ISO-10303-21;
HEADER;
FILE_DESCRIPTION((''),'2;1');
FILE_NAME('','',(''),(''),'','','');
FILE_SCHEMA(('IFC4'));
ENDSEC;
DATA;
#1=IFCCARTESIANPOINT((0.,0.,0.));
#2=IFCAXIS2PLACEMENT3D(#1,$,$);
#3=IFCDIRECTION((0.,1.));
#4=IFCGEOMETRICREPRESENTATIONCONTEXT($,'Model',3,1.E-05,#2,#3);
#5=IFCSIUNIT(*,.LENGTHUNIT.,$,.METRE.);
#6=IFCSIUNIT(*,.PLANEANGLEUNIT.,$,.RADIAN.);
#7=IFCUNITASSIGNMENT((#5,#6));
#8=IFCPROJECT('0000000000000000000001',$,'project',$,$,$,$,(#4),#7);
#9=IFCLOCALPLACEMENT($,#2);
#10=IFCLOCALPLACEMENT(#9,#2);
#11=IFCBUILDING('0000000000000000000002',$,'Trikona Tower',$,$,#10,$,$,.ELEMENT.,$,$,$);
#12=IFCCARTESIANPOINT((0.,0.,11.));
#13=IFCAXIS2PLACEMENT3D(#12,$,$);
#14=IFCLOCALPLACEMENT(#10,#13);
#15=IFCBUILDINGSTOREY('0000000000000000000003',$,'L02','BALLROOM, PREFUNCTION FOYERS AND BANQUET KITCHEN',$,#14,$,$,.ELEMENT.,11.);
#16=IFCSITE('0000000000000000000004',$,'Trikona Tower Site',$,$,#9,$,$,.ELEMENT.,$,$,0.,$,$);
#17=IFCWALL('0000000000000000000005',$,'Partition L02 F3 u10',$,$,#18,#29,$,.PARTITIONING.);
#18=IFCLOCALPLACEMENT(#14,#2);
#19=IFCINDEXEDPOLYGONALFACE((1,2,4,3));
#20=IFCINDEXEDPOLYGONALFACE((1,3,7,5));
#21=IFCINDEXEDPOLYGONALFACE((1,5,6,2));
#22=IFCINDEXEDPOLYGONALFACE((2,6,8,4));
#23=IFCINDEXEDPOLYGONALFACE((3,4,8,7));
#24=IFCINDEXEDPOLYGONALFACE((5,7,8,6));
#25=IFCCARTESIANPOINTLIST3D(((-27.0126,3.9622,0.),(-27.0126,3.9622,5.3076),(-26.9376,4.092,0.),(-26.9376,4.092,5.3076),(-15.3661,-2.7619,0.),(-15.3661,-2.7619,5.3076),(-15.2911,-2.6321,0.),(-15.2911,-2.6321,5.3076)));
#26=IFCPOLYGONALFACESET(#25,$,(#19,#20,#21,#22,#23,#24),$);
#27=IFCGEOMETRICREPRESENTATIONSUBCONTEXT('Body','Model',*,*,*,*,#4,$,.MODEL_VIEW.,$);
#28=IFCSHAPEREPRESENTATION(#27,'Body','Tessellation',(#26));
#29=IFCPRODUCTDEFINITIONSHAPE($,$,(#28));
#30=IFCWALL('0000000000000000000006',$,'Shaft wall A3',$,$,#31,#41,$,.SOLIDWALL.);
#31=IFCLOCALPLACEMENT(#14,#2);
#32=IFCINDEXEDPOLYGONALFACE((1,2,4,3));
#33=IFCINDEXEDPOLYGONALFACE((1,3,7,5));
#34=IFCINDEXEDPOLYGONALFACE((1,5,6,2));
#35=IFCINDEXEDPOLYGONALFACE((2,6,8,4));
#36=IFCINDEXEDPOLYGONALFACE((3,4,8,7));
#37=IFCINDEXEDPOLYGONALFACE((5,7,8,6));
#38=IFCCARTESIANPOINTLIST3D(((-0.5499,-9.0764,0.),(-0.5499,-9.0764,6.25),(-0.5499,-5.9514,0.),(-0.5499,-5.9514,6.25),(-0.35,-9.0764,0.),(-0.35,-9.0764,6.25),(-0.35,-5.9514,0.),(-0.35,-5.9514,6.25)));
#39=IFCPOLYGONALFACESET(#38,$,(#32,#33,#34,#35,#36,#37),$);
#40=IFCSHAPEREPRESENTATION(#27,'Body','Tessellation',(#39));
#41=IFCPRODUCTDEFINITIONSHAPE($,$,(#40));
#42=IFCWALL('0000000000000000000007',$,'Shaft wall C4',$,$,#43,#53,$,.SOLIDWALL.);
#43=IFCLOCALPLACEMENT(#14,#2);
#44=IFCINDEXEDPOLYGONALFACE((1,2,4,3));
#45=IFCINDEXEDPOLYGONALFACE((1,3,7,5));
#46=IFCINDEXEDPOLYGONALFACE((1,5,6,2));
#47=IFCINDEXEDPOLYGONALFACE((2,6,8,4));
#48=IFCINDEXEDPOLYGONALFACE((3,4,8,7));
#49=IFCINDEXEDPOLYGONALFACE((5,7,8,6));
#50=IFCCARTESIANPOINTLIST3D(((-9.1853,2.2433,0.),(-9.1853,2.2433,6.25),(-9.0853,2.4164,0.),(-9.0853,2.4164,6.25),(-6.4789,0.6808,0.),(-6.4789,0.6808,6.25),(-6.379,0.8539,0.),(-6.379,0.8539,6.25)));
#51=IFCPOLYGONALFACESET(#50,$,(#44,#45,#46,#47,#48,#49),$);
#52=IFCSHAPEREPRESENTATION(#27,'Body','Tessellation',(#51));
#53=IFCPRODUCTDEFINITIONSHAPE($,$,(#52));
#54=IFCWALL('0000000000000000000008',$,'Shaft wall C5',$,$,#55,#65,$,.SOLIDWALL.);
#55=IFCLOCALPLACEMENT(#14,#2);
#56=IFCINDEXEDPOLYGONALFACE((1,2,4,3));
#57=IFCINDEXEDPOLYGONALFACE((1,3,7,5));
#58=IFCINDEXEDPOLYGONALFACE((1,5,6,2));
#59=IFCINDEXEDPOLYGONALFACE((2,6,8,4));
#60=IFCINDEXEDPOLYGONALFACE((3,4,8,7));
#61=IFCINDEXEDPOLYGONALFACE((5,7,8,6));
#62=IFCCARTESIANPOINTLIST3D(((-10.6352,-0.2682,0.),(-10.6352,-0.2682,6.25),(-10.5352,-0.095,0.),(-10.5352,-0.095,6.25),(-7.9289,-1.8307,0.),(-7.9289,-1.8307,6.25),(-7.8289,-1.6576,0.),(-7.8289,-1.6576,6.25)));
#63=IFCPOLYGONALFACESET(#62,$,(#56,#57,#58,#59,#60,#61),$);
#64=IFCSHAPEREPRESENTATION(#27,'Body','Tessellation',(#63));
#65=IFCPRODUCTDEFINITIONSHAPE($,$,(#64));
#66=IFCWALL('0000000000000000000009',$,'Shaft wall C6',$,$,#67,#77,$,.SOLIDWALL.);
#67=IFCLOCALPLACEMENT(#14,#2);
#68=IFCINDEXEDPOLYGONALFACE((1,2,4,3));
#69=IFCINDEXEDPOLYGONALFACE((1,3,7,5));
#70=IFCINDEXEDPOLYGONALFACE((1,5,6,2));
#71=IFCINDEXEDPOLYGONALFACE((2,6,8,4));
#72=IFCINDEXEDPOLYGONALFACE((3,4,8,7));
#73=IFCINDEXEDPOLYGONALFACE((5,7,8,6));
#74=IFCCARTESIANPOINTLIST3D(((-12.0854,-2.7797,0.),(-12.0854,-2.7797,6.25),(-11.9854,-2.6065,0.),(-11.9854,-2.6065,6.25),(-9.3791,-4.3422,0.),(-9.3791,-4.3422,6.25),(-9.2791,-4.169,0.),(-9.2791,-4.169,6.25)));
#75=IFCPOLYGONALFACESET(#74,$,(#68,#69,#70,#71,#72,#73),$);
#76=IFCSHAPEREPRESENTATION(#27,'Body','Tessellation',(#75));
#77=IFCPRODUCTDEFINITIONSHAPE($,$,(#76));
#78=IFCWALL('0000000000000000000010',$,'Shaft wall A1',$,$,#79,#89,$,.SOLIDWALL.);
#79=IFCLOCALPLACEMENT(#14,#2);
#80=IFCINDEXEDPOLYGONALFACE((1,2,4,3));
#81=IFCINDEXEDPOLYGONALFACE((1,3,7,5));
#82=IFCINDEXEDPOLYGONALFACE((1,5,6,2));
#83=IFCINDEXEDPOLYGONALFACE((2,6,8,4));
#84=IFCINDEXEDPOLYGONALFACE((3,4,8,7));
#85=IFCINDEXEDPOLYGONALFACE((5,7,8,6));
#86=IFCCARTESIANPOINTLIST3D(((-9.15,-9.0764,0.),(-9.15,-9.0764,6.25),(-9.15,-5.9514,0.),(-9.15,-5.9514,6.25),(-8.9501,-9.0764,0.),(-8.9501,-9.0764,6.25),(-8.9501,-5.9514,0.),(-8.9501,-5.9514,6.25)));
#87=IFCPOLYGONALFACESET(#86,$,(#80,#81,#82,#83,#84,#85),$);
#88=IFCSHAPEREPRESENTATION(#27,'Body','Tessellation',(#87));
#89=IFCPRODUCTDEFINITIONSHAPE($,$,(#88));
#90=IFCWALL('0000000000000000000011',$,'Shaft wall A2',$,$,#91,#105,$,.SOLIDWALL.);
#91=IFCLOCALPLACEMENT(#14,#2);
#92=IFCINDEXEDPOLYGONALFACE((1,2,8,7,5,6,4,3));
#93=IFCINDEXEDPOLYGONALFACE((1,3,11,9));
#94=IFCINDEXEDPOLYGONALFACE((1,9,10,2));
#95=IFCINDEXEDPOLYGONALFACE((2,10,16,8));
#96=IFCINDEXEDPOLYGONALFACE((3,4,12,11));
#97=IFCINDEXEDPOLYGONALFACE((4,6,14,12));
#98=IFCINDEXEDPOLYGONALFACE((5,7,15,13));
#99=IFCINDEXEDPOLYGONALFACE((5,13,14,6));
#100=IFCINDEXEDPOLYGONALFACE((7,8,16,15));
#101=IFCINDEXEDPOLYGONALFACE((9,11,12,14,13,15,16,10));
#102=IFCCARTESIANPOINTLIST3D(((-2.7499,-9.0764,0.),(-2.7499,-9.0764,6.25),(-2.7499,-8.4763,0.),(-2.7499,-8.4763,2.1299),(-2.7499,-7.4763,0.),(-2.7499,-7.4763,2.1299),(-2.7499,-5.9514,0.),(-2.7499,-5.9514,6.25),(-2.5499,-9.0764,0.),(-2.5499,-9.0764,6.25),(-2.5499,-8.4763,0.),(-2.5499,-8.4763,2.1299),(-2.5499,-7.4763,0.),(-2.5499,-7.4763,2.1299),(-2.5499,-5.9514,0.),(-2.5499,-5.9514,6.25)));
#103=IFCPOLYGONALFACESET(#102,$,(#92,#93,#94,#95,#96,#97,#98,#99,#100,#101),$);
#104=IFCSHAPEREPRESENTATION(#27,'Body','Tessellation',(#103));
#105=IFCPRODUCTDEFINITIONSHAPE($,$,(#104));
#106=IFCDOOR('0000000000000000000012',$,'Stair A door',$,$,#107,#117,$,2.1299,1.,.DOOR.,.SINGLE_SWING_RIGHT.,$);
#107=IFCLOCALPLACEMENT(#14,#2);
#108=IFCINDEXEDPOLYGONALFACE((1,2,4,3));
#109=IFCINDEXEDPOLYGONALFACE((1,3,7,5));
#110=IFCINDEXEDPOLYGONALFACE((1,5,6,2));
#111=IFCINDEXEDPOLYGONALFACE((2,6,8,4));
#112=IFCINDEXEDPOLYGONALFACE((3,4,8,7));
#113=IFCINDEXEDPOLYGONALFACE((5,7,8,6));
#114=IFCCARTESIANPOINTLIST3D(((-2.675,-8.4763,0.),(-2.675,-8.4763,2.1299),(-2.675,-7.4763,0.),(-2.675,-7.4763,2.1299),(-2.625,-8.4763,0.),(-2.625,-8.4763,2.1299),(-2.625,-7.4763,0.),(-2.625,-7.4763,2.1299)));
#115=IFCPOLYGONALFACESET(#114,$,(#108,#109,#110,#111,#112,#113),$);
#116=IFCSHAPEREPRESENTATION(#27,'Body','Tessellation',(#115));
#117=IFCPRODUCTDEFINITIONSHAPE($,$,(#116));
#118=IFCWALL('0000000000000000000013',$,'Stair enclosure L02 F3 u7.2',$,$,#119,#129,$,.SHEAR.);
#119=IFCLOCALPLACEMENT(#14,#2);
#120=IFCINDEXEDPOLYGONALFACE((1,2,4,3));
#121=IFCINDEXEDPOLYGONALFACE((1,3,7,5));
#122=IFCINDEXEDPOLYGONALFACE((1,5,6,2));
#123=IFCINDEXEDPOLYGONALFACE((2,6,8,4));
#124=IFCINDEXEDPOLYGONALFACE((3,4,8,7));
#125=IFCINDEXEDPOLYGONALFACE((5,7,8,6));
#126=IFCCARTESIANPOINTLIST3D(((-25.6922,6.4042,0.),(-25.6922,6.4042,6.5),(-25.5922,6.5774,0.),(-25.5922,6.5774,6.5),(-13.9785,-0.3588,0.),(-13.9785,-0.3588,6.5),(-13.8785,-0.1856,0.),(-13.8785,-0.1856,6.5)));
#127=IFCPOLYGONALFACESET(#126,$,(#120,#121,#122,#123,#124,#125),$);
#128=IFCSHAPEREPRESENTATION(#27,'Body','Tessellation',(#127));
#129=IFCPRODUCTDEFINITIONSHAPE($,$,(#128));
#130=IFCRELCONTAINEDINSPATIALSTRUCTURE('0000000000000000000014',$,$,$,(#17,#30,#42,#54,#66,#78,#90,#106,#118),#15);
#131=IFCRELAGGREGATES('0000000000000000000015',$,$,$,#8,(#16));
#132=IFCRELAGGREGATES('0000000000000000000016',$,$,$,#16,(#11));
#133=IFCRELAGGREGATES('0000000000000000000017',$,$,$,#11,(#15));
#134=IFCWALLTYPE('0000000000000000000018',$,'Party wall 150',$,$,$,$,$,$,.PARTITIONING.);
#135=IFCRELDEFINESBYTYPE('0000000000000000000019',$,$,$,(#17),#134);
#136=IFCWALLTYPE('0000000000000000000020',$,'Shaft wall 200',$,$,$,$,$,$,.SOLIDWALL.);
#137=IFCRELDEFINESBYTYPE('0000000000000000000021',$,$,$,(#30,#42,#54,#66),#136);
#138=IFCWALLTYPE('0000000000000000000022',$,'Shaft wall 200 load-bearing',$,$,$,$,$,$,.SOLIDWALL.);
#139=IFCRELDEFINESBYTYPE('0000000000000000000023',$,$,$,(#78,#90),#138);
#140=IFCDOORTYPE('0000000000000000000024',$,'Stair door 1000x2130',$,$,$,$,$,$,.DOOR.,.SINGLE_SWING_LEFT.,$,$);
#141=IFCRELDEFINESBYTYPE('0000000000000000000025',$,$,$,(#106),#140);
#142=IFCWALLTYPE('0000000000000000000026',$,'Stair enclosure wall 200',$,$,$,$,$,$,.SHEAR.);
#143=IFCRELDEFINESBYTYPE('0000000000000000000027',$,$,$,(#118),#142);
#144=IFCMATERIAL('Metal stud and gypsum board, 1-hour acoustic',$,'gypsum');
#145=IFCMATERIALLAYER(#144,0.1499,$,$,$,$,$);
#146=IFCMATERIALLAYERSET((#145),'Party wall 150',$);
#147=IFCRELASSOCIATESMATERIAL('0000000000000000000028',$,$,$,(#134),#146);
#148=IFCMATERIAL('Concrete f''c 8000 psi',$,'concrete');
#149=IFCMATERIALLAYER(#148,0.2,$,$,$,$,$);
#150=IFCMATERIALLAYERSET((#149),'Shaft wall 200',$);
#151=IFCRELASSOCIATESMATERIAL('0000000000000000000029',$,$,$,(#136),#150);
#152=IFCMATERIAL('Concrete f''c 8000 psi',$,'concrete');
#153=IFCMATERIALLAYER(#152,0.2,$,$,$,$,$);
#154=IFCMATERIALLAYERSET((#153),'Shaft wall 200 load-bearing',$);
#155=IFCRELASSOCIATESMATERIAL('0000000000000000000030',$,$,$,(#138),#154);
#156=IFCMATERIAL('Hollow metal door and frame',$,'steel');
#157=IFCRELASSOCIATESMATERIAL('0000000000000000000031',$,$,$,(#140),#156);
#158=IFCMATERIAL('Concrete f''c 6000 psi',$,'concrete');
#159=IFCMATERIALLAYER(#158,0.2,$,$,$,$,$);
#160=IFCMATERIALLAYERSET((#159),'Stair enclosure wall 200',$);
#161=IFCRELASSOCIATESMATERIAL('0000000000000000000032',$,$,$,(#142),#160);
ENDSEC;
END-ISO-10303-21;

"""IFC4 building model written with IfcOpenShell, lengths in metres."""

from ifc_helpers import new_model, si_unit, direction, frame, frame_2d, origin, place, context, subcontext, project, spatial, rectangle, extrude, material, layer, layer_set, type_object, element, fill, save


model = new_model("IFC4")

# Units and contexts
model_context = context("Model", 3, precision=1e-05, world=origin(), true_north=direction((0.0, 1.0)))
body_context = subcontext(model_context, "Body", "Model", "MODEL_VIEW")
ifc_project = project(units=[si_unit("LENGTHUNIT", "METRE"), si_unit("PLANEANGLEUNIT", "RADIAN")], contexts=[model_context])

# Site, building, storey
site_placement = place(None, origin())
site = spatial("IfcSite", under=ifc_project, at=site_placement, Name="Trikona Tower Site", CompositionType="ELEMENT", RefElevation=0.0)
building_placement = place(site_placement, origin())
building = spatial("IfcBuilding", under=site, at=building_placement, Name="Trikona Tower", CompositionType="ELEMENT")
storey_placement = place(building_placement, frame((0.0, 0.0, 11.0)))
storey = spatial("IfcBuildingStorey", under=building, at=storey_placement, Name="L02", Description="BALLROOM, PREFUNCTION FOYERS AND BANQUET KITCHEN", CompositionType="ELEMENT", Elevation=11.0)

# Walls
ifc_material_1 = material(Name="Metal stud and gypsum board, 1-hour acoustic", Category="gypsum")
ifc_layer_1 = layer(ifc_material_1, 0.1499)
ifc_layer_set_1 = layer_set([ifc_layer_1], Name="Party wall 150")
wall_type_1 = type_object("IfcWallType", Name="Party wall 150", PredefinedType="PARTITIONING", material=ifc_layer_set_1)
wall_1_placement = place(storey_placement, frame((-15.3286, -2.697, 0.0), z_axis=(0.0, 0.0, 1.0), x_axis=(-0.866025, 0.500001, 0.0)))
element("IfcWall", 1, at=wall_1_placement, inside=storey, type_object=wall_type_1, Name="Partition L02 F3 u10", PredefinedType="PARTITIONING", context=body_context, shape_type="SweptSolid", body=[
    extrude(rectangle(XDim=13.4482, YDim=0.1499, at=frame_2d((6.7241, 0.0))), origin(), (0.0, 0.0, 1.0), 5.3076),
])
ifc_material_2 = material(Name="Concrete f'c 8000 psi", Category="concrete")
ifc_layer_2 = layer(ifc_material_2, 0.2)
ifc_layer_set_2 = layer_set([ifc_layer_2], Name="Shaft wall 200")
wall_type_2 = type_object("IfcWallType", Name="Shaft wall 200", PredefinedType="SOLIDWALL", material=ifc_layer_set_2)
for number, where, z_axis, x_axis, name in (
    (2, (-0.45, -5.9514, 0.0), (0.0, 0.0, 1.0), (0.0, -1.0, 0.0), "Shaft wall A3"),
    (3, (-6.429, 0.7673, 0.0), (0.0, 0.0, 1.0), (-0.866023, 0.500004, 0.0), "Shaft wall C4"),
    (4, (-7.8789, -1.7441, 0.0), (0.0, 0.0, 1.0), (-0.866023, 0.500004, 0.0), "Shaft wall C5"),
    (5, (-9.3291, -4.2556, 0.0), (0.0, 0.0, 1.0), (-0.866023, 0.500004, 0.0), "Shaft wall C6"),
):
    element("IfcWall", number, at=place(storey_placement, frame(where, z_axis=z_axis, x_axis=x_axis)), inside=storey, type_object=wall_type_2, Name=name, PredefinedType="SOLIDWALL", context=body_context, shape_type="SweptSolid", body=[
        extrude(rectangle(XDim=3.125, YDim=0.2, at=frame_2d((1.5625, 0.0))), origin(), (0.0, 0.0, 1.0), 6.25),
    ])
ifc_material_3 = material(Name="Concrete f'c 8000 psi", Category="concrete")
ifc_layer_3 = layer(ifc_material_3, 0.2)
ifc_layer_set_3 = layer_set([ifc_layer_3], Name="Shaft wall 200 load-bearing")
wall_type_3 = type_object("IfcWallType", Name="Shaft wall 200 load-bearing", PredefinedType="SOLIDWALL", material=ifc_layer_set_3)
wall_2_placement = place(storey_placement, frame((-9.05, -5.9514, 0.0), z_axis=(0.0, 0.0, 1.0), x_axis=(0.0, -1.0, 0.0)))
element("IfcWall", 6, at=wall_2_placement, inside=storey, type_object=wall_type_3, Name="Shaft wall A1", PredefinedType="SOLIDWALL", context=body_context, shape_type="SweptSolid", body=[
    extrude(rectangle(XDim=3.125, YDim=0.2, at=frame_2d((1.5625, 0.0))), origin(), (0.0, 0.0, 1.0), 6.25),
])

# Wall, opening, door
wall_3_placement = place(storey_placement, frame((-2.6499, -5.9514, 0.0), z_axis=(0.0, 0.0, 1.0), x_axis=(0.0, -1.0, 0.0)))
wall_3 = element("IfcWall", 7, at=wall_3_placement, inside=storey, type_object=wall_type_3, Name="Shaft wall A2", PredefinedType="SOLIDWALL", context=body_context, shape_type="SweptSolid", body=[
    extrude(rectangle(XDim=3.125, YDim=0.2, at=frame_2d((1.5625, 0.0))), origin(), (0.0, 0.0, 1.0), 6.25),
])
opening_1_placement = place(wall_3_placement, frame((1.5249, 0.0, 0.0)))
opening_1 = element("IfcOpeningElement", 8, at=opening_1_placement, cuts=wall_3, PredefinedType="OPENING", context=body_context, shape_type="SweptSolid", body=[
    extrude(rectangle(XDim=1.0, YDim=2.1299, at=frame_2d((0.5, 1.0649))), frame((0.0, 0.1099, 0.0), z_axis=(0.0, -1.0, 0.0), x_axis=(1.0, 0.0, 0.0)), (0.0, 0.0, 1.0), 0.22),
])
ifc_material_4 = material(Name="Hollow metal door and frame", Category="steel")
door_type_1 = type_object("IfcDoorType", Name="Stair door 1000x2130", OperationType="SINGLE_SWING_LEFT", PredefinedType="DOOR", material=ifc_material_4)
door_1_placement = place(opening_1_placement, origin())
door_1 = element("IfcDoor", 9, at=door_1_placement, inside=storey, type_object=door_type_1, Name="Stair A door", OperationType="SINGLE_SWING_RIGHT", OverallHeight=2.1299, OverallWidth=1.0, PredefinedType="DOOR", context=body_context, shape_type="SweptSolid", body=[
    extrude(rectangle(XDim=1.0, YDim=2.1299, at=frame_2d((0.5, 1.0649))), frame((0.0, 0.0249, 0.0), z_axis=(0.0, -1.0, 0.0), x_axis=(1.0, 0.0, 0.0)), (0.0, 0.0, 1.0), 0.05),
])
fill(opening_1, door_1)

# Wall
ifc_material_5 = material(Name="Concrete f'c 6000 psi", Category="concrete")
ifc_layer_4 = layer(ifc_material_5, 0.2)
ifc_layer_set_4 = layer_set([ifc_layer_4], Name="Stair enclosure wall 200")
wall_type_4 = type_object("IfcWallType", Name="Stair enclosure wall 200", PredefinedType="SHEAR", material=ifc_layer_set_4)
wall_4_placement = place(storey_placement, frame((-13.9285, -0.2722, 0.0), z_axis=(0.0, 0.0, 1.0), x_axis=(-0.866023, 0.500004, 0.0)))
element("IfcWall", 10, at=wall_4_placement, inside=storey, type_object=wall_type_4, Name="Stair enclosure L02 F3 u7.2", PredefinedType="SHEAR", context=body_context, shape_type="SweptSolid", body=[
    extrude(rectangle(XDim=13.5259, YDim=0.2, at=frame_2d((6.7629, 0.0))), origin(), (0.0, 0.0, 1.0), 6.5),
])

save(model, "model.ifc")
